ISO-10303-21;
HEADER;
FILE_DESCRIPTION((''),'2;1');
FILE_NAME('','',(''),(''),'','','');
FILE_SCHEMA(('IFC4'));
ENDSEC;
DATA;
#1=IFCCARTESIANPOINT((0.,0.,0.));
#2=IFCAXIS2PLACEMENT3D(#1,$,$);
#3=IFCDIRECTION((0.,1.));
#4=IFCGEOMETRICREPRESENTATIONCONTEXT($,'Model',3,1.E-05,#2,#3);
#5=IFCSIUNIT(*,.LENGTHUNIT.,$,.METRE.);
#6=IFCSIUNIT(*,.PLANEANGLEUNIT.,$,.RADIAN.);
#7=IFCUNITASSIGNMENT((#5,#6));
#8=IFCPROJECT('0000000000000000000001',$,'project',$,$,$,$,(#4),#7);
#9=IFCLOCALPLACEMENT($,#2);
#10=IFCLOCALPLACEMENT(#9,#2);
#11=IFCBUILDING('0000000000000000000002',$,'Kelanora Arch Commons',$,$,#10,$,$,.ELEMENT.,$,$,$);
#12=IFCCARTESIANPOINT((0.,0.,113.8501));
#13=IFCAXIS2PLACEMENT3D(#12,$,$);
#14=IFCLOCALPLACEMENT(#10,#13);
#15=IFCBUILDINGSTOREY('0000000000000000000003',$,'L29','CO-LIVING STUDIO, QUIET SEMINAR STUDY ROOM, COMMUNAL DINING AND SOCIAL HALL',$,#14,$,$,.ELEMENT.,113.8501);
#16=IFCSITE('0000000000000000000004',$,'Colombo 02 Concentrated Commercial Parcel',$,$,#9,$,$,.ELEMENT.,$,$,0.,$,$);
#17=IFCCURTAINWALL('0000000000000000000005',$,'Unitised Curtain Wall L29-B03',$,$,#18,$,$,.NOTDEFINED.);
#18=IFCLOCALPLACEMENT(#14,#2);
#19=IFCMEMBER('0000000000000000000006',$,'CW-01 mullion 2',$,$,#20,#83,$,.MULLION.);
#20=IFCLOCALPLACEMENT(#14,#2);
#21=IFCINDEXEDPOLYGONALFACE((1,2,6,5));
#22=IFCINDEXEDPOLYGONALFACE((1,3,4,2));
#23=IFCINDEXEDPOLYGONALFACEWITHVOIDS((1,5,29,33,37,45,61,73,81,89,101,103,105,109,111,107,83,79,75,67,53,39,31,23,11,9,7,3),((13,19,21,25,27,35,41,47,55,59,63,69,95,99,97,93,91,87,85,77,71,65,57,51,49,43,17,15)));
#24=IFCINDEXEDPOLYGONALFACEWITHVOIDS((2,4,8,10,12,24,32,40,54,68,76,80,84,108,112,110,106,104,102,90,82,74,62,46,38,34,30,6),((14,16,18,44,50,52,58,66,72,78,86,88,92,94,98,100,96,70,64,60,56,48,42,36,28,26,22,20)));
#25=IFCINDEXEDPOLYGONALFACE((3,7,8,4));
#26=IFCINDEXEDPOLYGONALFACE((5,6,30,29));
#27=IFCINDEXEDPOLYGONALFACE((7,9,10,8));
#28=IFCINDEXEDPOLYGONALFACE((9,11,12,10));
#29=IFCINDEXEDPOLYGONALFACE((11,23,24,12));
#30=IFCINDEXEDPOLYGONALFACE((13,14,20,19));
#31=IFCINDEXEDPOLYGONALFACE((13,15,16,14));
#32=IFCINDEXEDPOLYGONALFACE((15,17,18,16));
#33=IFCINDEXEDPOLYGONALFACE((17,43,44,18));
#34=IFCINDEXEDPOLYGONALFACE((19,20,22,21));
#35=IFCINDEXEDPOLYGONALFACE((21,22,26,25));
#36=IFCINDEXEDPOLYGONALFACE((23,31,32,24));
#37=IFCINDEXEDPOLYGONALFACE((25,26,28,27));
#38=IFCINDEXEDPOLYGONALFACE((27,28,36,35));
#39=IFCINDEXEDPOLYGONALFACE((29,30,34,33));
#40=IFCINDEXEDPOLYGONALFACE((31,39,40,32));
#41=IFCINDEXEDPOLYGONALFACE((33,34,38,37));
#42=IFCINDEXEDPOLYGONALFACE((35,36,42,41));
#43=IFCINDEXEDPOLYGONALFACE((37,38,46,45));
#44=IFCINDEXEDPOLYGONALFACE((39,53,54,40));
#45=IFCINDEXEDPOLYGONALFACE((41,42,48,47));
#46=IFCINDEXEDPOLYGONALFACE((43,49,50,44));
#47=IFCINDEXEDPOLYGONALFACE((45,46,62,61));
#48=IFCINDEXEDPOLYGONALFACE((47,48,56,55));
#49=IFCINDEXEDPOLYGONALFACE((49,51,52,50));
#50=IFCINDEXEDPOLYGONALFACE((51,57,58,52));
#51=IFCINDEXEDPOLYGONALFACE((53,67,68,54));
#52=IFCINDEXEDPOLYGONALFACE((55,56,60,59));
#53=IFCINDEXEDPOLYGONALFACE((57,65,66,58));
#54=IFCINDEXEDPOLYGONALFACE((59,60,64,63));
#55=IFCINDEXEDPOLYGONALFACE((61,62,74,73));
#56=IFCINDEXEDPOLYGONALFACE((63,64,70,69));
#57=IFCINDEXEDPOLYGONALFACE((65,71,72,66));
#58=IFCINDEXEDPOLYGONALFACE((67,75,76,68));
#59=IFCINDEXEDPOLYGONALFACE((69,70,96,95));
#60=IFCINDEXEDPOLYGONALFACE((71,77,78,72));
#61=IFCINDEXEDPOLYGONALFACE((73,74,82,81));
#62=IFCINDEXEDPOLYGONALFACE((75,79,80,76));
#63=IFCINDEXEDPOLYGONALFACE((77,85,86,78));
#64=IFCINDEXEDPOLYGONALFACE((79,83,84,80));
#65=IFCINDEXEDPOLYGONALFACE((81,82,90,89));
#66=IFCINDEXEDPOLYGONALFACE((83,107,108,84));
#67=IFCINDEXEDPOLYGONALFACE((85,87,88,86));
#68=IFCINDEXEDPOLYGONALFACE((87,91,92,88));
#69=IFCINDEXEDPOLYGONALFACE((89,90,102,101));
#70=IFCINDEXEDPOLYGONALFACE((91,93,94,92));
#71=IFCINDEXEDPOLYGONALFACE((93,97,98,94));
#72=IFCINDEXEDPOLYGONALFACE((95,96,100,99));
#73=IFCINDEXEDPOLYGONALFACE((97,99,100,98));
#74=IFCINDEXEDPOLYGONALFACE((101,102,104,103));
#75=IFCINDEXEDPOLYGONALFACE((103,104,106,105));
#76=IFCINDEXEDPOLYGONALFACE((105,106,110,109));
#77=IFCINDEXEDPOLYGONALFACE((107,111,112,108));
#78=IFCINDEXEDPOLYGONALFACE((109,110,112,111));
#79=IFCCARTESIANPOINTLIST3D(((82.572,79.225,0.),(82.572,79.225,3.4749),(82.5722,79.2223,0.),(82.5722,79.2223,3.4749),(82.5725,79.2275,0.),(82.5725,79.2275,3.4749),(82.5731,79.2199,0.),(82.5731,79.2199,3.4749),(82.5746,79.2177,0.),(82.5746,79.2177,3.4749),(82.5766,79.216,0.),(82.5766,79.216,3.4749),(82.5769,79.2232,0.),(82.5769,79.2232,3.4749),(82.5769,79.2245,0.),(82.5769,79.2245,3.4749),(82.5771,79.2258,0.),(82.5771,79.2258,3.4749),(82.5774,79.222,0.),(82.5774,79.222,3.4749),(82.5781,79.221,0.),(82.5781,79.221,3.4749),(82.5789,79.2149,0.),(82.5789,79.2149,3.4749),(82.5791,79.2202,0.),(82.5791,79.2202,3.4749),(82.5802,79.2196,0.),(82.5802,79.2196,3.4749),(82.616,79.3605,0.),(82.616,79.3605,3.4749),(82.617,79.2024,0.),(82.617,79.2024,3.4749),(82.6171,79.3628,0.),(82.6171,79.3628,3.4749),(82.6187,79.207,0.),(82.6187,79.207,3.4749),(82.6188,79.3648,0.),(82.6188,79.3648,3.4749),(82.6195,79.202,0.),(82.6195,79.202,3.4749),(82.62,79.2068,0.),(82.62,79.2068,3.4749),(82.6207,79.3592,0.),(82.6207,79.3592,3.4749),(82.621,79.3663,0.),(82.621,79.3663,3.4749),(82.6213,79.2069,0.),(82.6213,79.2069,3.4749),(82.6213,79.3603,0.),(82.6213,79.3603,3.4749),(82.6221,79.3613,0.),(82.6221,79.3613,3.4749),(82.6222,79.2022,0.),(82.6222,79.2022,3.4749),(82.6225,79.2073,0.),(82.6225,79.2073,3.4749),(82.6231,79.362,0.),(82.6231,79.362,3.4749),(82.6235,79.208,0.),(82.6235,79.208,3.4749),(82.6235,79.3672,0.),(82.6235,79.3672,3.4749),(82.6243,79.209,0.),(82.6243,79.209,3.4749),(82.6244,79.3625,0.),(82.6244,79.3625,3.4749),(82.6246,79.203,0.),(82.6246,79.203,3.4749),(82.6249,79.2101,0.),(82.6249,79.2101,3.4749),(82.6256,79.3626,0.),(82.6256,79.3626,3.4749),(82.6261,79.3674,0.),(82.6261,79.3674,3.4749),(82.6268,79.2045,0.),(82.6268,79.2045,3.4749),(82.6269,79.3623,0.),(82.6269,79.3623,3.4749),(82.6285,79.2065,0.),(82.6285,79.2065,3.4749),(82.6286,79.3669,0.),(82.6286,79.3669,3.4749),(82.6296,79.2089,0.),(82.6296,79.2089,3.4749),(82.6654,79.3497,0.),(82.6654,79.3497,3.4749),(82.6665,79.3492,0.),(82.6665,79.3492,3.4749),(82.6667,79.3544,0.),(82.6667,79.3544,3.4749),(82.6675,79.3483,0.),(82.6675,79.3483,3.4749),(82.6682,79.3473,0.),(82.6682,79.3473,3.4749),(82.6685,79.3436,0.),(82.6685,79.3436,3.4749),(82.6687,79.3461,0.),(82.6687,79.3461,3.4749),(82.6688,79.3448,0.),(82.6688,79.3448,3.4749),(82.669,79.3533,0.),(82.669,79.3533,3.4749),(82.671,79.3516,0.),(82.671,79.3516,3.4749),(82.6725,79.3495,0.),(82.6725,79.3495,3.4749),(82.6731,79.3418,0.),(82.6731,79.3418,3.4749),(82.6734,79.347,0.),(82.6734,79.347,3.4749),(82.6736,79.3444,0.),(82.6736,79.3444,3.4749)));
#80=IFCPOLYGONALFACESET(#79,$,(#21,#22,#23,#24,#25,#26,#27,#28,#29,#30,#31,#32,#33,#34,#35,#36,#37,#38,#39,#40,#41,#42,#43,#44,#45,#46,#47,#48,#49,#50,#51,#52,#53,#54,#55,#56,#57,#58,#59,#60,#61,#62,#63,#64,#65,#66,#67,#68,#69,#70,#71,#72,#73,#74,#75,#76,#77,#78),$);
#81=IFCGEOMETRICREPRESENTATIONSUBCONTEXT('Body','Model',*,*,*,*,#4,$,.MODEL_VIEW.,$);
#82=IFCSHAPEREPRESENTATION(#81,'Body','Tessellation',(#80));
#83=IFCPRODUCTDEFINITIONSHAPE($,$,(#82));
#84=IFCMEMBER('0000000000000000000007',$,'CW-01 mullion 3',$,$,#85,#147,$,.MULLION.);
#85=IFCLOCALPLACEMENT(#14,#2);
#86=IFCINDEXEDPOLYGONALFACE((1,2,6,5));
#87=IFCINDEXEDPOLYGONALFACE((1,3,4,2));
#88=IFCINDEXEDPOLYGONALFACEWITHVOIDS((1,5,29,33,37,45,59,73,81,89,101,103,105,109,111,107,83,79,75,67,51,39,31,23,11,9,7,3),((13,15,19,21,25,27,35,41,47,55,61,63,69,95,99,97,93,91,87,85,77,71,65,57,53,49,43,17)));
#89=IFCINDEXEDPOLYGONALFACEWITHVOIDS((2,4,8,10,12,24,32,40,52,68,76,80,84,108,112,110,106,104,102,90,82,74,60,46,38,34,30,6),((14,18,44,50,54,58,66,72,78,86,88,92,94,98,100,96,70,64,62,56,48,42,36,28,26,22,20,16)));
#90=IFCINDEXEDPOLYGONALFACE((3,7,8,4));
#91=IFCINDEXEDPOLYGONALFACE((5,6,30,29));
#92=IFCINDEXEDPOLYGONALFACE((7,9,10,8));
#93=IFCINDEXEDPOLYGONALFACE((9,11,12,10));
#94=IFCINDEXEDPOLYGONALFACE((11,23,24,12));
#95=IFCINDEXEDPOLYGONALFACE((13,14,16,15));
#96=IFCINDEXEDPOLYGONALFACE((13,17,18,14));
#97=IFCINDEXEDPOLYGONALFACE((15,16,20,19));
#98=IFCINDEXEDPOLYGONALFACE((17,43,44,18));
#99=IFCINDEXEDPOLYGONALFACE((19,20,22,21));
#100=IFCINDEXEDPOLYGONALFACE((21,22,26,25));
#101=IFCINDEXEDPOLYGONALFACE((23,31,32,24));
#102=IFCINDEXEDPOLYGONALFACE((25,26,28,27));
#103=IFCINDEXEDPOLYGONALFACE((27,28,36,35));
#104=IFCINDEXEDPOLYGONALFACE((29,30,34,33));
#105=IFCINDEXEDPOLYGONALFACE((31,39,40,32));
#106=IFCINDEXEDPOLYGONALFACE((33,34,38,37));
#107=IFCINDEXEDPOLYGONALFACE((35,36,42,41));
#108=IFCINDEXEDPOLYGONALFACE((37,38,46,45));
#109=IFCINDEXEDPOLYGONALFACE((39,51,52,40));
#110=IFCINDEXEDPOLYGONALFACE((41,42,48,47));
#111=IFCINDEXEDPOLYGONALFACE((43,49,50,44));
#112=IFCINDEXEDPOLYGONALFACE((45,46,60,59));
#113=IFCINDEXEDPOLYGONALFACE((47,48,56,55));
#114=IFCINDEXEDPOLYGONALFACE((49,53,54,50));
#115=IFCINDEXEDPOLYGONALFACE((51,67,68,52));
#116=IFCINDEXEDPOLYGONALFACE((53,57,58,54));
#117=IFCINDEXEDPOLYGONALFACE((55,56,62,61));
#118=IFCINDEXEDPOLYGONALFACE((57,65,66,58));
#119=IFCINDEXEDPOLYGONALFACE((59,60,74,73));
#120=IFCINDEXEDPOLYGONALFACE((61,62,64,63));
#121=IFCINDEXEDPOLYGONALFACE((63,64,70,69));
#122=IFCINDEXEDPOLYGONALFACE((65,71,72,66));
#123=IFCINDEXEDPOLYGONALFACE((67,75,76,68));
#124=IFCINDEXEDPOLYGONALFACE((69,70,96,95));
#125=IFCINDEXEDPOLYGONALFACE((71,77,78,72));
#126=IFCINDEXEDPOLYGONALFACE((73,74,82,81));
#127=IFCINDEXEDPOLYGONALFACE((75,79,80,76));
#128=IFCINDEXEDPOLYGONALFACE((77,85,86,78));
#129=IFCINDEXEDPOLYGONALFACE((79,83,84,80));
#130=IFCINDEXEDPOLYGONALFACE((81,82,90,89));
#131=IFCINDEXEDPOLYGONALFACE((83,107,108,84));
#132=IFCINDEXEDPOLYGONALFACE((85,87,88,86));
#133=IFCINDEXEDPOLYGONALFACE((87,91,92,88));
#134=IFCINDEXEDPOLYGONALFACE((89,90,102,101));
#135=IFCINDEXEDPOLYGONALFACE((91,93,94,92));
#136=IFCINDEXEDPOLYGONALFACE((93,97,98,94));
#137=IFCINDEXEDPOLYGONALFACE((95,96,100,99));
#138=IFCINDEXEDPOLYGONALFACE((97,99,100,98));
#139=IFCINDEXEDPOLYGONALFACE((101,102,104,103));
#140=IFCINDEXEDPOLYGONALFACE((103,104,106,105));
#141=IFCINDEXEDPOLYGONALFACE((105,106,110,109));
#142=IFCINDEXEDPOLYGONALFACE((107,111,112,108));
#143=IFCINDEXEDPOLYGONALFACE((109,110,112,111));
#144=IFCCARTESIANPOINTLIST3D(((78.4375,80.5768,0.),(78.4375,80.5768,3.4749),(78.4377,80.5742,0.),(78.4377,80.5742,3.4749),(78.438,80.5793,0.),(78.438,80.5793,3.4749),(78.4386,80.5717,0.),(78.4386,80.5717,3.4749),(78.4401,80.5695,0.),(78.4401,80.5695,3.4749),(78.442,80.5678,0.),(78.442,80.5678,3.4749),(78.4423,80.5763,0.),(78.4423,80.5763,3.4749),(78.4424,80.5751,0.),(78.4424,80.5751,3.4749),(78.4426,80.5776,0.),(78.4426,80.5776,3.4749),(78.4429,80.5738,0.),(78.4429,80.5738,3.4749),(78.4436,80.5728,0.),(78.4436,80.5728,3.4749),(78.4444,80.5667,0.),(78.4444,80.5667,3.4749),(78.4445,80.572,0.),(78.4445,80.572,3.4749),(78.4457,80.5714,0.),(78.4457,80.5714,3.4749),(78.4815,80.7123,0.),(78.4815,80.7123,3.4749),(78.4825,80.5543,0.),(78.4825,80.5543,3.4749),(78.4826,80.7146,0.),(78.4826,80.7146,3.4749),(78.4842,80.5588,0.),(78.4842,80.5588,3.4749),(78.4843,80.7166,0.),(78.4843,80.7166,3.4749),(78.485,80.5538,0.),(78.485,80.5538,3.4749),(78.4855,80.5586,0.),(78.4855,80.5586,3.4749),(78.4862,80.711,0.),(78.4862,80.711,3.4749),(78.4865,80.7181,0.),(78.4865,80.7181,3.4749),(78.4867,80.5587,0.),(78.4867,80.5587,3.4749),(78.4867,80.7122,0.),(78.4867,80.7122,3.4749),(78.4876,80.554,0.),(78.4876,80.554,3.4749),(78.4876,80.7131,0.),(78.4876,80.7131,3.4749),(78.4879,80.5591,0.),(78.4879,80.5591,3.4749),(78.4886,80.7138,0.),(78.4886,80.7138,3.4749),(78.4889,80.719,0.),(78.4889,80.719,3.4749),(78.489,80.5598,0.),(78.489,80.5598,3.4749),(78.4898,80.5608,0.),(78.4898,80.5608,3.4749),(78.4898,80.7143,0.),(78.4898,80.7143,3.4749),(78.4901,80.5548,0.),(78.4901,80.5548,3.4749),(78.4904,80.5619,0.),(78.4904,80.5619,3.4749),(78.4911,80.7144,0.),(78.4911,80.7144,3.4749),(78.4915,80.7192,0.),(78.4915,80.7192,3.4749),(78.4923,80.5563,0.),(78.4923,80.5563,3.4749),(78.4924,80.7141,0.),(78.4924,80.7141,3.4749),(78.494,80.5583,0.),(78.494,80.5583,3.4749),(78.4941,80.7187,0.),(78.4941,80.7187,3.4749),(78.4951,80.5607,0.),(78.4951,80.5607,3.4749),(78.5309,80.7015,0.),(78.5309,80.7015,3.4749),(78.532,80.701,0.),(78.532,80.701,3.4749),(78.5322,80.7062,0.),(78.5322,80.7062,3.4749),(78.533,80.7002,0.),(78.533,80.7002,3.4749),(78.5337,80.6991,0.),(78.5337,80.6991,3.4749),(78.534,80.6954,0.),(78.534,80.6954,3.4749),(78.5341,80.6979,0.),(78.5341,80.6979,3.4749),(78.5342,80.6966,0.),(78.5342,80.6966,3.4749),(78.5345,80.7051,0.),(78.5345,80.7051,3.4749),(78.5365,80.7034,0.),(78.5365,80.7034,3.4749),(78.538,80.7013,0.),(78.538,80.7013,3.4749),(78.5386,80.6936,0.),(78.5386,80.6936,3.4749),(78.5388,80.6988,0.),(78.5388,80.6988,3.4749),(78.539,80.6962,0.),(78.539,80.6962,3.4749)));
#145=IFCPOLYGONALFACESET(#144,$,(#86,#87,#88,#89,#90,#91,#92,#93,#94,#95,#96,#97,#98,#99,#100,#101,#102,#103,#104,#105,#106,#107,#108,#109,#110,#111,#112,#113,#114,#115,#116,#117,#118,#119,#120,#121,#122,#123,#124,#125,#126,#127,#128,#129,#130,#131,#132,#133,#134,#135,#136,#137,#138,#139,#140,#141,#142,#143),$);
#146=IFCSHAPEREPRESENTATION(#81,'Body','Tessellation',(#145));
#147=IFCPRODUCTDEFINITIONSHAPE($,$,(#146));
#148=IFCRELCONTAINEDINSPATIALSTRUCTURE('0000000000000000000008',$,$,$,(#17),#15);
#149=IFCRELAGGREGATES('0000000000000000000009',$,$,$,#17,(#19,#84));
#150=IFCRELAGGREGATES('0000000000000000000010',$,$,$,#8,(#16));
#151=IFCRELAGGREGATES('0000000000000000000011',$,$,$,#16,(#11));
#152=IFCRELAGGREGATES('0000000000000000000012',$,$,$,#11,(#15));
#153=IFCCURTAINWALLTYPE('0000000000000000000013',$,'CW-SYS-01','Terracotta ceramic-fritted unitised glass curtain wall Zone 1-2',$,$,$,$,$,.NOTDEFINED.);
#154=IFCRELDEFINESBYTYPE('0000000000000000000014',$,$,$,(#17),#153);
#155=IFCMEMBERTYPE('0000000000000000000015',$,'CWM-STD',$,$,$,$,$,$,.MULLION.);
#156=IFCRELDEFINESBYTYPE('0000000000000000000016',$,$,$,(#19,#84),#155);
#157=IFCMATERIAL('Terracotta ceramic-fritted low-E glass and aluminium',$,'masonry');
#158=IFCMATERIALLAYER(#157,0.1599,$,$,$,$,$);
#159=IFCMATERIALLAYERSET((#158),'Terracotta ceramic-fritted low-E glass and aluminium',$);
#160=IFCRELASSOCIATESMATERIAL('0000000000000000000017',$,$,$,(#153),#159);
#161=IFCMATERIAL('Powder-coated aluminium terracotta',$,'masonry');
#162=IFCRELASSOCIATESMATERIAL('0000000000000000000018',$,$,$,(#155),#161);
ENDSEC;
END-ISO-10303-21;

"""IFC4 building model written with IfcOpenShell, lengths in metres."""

from ifc_helpers import new_model, si_unit, direction, frame, origin, origin_2d, place, context, subcontext, project, spatial, hollow_rectangle, extrude, material, layer, layer_set, material_profile, profile_set, type_object, element, aggregate, save


model = new_model("IFC4")

# Units and contexts
model_context = context("Model", 3, precision=1e-05, world=origin(), true_north=direction((0.0, 1.0)))
body_context = subcontext(model_context, "Body", "Model", "MODEL_VIEW")
ifc_project = project(units=[si_unit("LENGTHUNIT", "METRE"), si_unit("PLANEANGLEUNIT", "RADIAN")], contexts=[model_context])

# Site, building, storey
site_placement = place(None, origin())
site = spatial("IfcSite", under=ifc_project, at=site_placement, Name="Colombo 02 Concentrated Commercial Parcel", CompositionType="ELEMENT", RefElevation=0.0)
building_placement = place(site_placement, origin())
building = spatial("IfcBuilding", under=site, at=building_placement, Name="Kelanora Arch Commons", CompositionType="ELEMENT")
storey_placement = place(building_placement, frame((0.0, 0.0, 113.8501)))
storey = spatial("IfcBuildingStorey", under=building, at=storey_placement, Name="L29", Description="CO-LIVING STUDIO, QUIET SEMINAR STUDY ROOM, COMMUNAL DINING AND SOCIAL HALL", CompositionType="ELEMENT", Elevation=113.8501)

# Curtain wall, members
ifc_material_1 = material(Name="Terracotta ceramic-fritted low-E glass and aluminium", Category="masonry")
ifc_layer_1 = layer(ifc_material_1, 0.1599)
ifc_layer_set_1 = layer_set([ifc_layer_1], Name="Terracotta ceramic-fritted low-E glass and aluminium")
curtain_wall_type = type_object("IfcCurtainWallType", Name="CW-SYS-01", Description="Terracotta ceramic-fritted unitised glass curtain wall Zone 1-2", PredefinedType="NOTDEFINED", material=ifc_layer_set_1)
curtain_wall_placement = place(storey_placement, origin())
curtain_wall = element("IfcCurtainWall", 1, at=curtain_wall_placement, inside=storey, type_object=curtain_wall_type, Name="Unitised Curtain Wall L29-B03", PredefinedType="NOTDEFINED")
ifc_material_2 = material(Name="Powder-coated aluminium terracotta", Category="masonry")
ifc_material_profile_1 = material_profile(ifc_material_2, hollow_rectangle(XDim=0.1599, YDim=0.0601, WallThickness=0.0049, InnerFilletRadius=0.0049, OuterFilletRadius=0.01, at=origin_2d()), Name="CWM160x60")
ifc_profile_set_1 = profile_set([ifc_material_profile_1], Name="Powder-coated aluminium terracotta")
member_type_1 = type_object("IfcMemberType", Name="CWM-STD", PredefinedType="MULLION", material=ifc_profile_set_1)
member_1_placement = place(storey_placement, frame((82.6228, 79.2847, 0.0), z_axis=(0.0, 0.0, 1.0), x_axis=(-0.310805, -0.950474, 0.0)))
member_1 = element("IfcMember", 2, at=member_1_placement, type_object=member_type_1, Name="CW-01 mullion 2", PredefinedType="MULLION", context=body_context, shape_type="SweptSolid", body=[
    extrude(hollow_rectangle(XDim=0.1599, YDim=0.0601, WallThickness=0.0049, InnerFilletRadius=0.0049, OuterFilletRadius=0.01, at=origin_2d()), origin(), (0.0, 0.0, 1.0), 3.4749),
])
member_2_placement = place(storey_placement, frame((78.4883, 80.6365, 0.0), z_axis=(0.0, 0.0, 1.0), x_axis=(-0.310805, -0.950474, 0.0)))
member_2 = element("IfcMember", 3, at=member_2_placement, type_object=member_type_1, Name="CW-01 mullion 3", PredefinedType="MULLION", context=body_context, shape_type="SweptSolid", body=[
    extrude(hollow_rectangle(XDim=0.1599, YDim=0.0601, WallThickness=0.0049, InnerFilletRadius=0.0049, OuterFilletRadius=0.01, at=origin_2d()), origin(), (0.0, 0.0, 1.0), 3.4749),
])
aggregate(curtain_wall, [member_1, member_2])

save(model, "model.ifc")
